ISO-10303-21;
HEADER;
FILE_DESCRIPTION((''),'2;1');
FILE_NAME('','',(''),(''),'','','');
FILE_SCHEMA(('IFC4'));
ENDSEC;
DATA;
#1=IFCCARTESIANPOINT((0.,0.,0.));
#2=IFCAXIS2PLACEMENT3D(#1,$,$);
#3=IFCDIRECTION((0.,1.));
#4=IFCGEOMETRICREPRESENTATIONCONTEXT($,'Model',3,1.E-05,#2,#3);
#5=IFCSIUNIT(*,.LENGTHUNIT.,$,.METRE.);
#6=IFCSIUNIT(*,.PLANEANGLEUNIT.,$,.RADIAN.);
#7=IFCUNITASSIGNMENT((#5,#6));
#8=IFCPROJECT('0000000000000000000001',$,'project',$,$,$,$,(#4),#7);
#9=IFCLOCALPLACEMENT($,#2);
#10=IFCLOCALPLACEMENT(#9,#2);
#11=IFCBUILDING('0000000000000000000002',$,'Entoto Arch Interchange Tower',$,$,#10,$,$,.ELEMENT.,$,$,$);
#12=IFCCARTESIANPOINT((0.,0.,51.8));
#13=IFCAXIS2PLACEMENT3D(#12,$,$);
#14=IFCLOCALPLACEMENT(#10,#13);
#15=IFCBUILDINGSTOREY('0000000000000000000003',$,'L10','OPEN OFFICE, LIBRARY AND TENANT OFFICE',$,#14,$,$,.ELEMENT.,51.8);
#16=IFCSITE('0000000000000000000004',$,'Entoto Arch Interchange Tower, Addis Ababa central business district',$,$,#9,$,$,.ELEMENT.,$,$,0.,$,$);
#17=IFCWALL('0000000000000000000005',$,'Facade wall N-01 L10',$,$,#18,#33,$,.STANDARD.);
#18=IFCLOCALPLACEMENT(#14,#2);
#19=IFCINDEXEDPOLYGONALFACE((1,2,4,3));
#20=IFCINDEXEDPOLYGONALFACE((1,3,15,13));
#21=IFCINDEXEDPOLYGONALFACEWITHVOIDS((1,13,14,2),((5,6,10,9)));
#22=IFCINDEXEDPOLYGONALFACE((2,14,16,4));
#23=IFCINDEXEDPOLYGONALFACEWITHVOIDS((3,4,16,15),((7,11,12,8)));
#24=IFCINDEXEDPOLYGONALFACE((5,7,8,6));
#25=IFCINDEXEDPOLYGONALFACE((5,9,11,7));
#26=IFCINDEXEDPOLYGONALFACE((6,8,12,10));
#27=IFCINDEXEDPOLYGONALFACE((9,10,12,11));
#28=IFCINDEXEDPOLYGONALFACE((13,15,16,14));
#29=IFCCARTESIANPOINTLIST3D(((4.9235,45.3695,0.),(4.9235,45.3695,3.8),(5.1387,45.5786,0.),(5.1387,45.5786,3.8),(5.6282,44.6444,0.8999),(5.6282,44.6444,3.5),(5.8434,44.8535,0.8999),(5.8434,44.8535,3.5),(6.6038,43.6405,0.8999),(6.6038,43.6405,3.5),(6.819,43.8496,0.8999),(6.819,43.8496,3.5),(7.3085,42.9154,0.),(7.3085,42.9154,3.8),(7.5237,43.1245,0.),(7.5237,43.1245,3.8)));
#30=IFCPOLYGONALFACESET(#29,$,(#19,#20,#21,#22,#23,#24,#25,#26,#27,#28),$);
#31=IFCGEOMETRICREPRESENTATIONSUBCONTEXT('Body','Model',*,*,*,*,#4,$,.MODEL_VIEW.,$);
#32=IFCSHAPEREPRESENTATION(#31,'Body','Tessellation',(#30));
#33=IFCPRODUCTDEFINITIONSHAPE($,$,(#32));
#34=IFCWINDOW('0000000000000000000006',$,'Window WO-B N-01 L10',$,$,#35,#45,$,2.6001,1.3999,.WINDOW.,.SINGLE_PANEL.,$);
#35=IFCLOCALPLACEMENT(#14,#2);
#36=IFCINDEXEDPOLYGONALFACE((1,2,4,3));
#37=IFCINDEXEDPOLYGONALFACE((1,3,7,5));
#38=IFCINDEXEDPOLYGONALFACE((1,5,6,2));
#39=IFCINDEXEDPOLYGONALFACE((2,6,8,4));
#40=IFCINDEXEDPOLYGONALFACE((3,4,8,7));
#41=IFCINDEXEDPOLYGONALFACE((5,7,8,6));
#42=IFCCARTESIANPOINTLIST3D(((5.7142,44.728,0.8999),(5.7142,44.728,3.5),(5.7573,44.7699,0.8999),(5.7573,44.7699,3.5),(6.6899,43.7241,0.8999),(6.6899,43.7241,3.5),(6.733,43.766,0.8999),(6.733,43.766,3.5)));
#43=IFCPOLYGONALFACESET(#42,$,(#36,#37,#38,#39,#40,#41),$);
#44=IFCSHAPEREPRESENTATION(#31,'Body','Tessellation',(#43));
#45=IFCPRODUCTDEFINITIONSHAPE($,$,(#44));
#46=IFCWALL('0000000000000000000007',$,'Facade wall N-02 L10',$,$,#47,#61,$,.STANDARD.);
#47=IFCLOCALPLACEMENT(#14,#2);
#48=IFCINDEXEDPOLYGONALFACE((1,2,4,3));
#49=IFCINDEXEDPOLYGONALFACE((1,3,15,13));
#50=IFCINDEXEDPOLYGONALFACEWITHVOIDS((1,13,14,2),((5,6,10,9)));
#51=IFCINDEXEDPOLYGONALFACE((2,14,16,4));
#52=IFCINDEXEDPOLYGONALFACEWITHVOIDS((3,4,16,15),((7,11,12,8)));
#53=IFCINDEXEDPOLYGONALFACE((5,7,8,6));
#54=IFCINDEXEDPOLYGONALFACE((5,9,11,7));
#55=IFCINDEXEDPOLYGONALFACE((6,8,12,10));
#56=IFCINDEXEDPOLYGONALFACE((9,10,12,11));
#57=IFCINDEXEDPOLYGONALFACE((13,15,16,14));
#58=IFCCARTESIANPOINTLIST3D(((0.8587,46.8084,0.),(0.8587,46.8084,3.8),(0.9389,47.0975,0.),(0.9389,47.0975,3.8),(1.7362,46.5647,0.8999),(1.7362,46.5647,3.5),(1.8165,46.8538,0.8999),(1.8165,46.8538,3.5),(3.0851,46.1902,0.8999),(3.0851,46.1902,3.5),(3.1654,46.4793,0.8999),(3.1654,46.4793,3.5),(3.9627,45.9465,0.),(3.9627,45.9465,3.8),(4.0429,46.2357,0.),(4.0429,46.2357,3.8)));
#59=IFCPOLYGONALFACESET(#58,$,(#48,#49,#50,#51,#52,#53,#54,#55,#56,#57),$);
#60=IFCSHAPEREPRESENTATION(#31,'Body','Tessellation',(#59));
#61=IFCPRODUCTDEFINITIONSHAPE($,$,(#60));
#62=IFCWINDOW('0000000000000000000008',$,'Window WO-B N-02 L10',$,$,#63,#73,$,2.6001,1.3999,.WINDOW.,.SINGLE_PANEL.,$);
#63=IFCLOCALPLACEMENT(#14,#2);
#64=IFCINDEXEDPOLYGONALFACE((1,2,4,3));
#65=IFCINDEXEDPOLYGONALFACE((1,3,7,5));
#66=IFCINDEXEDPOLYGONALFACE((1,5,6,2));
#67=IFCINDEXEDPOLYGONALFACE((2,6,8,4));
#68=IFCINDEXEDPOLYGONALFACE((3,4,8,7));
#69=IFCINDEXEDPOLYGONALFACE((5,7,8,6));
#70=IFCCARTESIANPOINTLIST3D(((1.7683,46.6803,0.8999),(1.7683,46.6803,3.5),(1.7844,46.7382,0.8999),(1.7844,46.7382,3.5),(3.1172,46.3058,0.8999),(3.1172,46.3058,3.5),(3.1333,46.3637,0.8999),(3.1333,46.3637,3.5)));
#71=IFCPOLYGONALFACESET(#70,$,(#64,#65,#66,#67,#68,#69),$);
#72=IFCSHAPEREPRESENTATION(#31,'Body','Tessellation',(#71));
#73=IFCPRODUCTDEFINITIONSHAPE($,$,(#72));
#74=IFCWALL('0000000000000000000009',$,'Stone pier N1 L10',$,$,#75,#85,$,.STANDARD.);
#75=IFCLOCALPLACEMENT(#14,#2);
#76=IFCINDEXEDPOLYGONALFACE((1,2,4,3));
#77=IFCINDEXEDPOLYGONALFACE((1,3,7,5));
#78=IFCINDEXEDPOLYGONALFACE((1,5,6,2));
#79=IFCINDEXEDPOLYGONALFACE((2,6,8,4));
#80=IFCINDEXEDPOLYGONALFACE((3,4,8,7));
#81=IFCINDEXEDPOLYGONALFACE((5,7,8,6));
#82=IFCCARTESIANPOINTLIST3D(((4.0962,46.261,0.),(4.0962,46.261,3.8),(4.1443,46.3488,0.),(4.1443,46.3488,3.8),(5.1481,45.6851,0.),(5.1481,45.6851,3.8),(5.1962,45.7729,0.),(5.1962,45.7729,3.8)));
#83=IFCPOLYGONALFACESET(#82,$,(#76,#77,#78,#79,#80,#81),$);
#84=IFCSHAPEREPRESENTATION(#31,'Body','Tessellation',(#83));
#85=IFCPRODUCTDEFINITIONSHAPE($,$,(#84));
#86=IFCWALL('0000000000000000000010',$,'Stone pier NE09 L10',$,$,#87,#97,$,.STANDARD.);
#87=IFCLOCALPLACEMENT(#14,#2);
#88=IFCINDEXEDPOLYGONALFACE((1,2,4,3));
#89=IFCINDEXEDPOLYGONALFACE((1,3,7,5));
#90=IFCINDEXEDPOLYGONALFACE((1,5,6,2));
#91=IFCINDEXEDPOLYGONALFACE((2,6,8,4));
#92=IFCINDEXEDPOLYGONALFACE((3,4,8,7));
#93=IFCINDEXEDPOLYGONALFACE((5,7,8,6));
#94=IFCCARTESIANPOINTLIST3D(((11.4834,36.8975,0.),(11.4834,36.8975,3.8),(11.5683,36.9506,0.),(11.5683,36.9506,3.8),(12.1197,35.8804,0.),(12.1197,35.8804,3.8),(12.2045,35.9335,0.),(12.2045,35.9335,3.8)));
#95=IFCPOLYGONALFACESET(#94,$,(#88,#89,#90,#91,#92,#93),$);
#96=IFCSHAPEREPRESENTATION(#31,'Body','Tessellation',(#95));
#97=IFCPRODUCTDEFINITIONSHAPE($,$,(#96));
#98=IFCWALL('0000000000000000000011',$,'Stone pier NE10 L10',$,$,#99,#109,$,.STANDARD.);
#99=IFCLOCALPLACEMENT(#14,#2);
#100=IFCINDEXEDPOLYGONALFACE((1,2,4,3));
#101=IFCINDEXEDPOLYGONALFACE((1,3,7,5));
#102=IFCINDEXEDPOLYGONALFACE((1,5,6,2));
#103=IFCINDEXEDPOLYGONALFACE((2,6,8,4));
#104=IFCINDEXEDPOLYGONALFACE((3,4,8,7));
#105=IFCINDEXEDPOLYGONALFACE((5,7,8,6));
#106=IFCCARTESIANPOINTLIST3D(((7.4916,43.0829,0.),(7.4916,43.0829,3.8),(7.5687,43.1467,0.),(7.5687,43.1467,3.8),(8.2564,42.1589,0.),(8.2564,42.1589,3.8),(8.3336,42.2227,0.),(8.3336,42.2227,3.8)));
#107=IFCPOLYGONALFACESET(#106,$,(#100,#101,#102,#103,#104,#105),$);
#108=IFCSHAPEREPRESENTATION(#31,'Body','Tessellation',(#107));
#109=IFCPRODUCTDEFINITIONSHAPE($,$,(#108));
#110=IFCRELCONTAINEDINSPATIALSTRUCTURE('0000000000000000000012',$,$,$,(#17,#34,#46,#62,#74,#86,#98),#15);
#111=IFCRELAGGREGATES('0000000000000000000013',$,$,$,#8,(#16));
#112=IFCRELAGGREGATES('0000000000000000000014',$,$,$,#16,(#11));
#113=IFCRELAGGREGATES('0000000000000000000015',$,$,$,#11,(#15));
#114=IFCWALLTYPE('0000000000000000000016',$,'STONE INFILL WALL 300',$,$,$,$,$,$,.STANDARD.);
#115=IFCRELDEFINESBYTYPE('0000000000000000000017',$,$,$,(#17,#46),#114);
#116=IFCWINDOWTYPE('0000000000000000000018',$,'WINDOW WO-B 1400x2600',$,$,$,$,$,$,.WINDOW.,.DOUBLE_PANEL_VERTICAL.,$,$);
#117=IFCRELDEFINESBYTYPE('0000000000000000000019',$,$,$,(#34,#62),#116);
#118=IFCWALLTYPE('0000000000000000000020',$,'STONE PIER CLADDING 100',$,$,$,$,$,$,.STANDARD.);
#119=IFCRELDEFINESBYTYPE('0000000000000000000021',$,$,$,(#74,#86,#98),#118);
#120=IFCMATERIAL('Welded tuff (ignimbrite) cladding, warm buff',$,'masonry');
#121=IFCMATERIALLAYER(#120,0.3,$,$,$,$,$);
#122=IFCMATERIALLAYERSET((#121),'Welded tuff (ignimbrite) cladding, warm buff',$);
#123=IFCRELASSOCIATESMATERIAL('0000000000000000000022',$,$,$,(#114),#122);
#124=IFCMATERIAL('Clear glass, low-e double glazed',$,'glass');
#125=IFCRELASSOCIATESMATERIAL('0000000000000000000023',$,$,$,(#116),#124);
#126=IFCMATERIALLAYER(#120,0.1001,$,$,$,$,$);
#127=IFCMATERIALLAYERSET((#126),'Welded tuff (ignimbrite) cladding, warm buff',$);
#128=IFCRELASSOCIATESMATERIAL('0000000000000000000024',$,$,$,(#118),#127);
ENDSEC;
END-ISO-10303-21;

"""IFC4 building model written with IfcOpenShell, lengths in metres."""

from ifc_helpers import new_model, si_unit, direction, frame, frame_2d, origin, place, context, subcontext, project, spatial, rectangle, extrude, material, layer, layer_set, type_object, element, fill, save


model = new_model("IFC4")

# Units and contexts
model_context = context("Model", 3, precision=1e-05, world=origin(), true_north=direction((0.0, 1.0)))
body_context = subcontext(model_context, "Body", "Model", "MODEL_VIEW")
ifc_project = project(units=[si_unit("LENGTHUNIT", "METRE"), si_unit("PLANEANGLEUNIT", "RADIAN")], contexts=[model_context])

# Site, building, storey
site_placement = place(None, origin())
site = spatial("IfcSite", under=ifc_project, at=site_placement, Name="Entoto Arch Interchange Tower, Addis Ababa central business district", CompositionType="ELEMENT", RefElevation=0.0)
building_placement = place(site_placement, origin())
building = spatial("IfcBuilding", under=site, at=building_placement, Name="Entoto Arch Interchange Tower", CompositionType="ELEMENT")
storey_placement = place(building_placement, frame((0.0, 0.0, 51.8)))
storey = spatial("IfcBuildingStorey", under=building, at=storey_placement, Name="L10", Description="OPEN OFFICE, LIBRARY AND TENANT OFFICE", CompositionType="ELEMENT", Elevation=51.8)

# Shared definitions
ifc_material_1 = material(Name="Welded tuff (ignimbrite) cladding, warm buff", Category="masonry")
ifc_layer_1 = layer(ifc_material_1, 0.3)
ifc_layer_set_1 = layer_set([ifc_layer_1], Name="Welded tuff (ignimbrite) cladding, warm buff")
wall_type_1 = type_object("IfcWallType", Name="STONE INFILL WALL 300", PredefinedType="STANDARD", material=ifc_layer_set_1)
ifc_material_2 = material(Name="Clear glass, low-e double glazed", Category="glass")

# Walls, openings, windows
wall_1_placement = place(storey_placement, frame((7.416, 43.02, 0.0), z_axis=(0.0, 0.0, 1.0), x_axis=(-0.69694, 0.71713, 0.0)))
wall_1 = element("IfcWall", 1, at=wall_1_placement, inside=storey, type_object=wall_type_1, Name="Facade wall N-01 L10", PredefinedType="STANDARD", context=body_context, shape_type="SweptSolid", body=[
    extrude(rectangle(XDim=3.4221, YDim=0.3, at=frame_2d((1.7109, 0.0))), origin(), (0.0, 0.0, 1.0), 3.8),
])
opening_1_placement = place(wall_1_placement, frame((1.011, 0.0, 0.8999)))
opening_1 = element("IfcOpeningElement", 2, at=opening_1_placement, cuts=wall_1, PredefinedType="OPENING", context=body_context, shape_type="SweptSolid", body=[
    extrude(rectangle(XDim=1.3999, YDim=2.6001, at=frame_2d((0.7, 1.3))), frame((0.0, 0.1602, 0.0), z_axis=(0.0, -1.0, 0.0), x_axis=(1.0, 0.0, 0.0)), (0.0, 0.0, 1.0), 0.3201),
])
window_type_1 = type_object("IfcWindowType", Name="WINDOW WO-B 1400x2600", PartitioningType="DOUBLE_PANEL_VERTICAL", PredefinedType="WINDOW", material=ifc_material_2)
window_1_placement = place(opening_1_placement, origin())
window_1 = element("IfcWindow", 3, at=window_1_placement, inside=storey, type_object=window_type_1, Name="Window WO-B N-01 L10", OverallHeight=2.6001, OverallWidth=1.3999, PartitioningType="SINGLE_PANEL", PredefinedType="WINDOW", context=body_context, shape_type="SweptSolid", body=[
    extrude(rectangle(XDim=1.3999, YDim=2.6001, at=frame_2d((0.7, 1.3))), frame((0.0, 0.03, 0.0), z_axis=(0.0, -1.0, 0.0), x_axis=(1.0, 0.0, 0.0)), (0.0, 0.0, 1.0), 0.0601),
])
fill(opening_1, window_1)
wall_2_placement = place(storey_placement, frame((4.0029, 46.0911, 0.0), z_axis=(0.0, 0.0, 1.0), x_axis=(-0.96355, 0.267527, 0.0)))
wall_2 = element("IfcWall", 4, at=wall_2_placement, inside=storey, type_object=wall_type_1, Name="Facade wall N-02 L10", PredefinedType="STANDARD", context=body_context, shape_type="SweptSolid", body=[
    extrude(rectangle(XDim=3.2214, YDim=0.3, at=frame_2d((1.6108, 0.0))), origin(), (0.0, 0.0, 1.0), 3.8),
])
opening_2_placement = place(wall_2_placement, frame((0.9109, 0.0, 0.8999)))
opening_2 = element("IfcOpeningElement", 5, at=opening_2_placement, cuts=wall_2, PredefinedType="OPENING", context=body_context, shape_type="SweptSolid", body=[
    extrude(rectangle(XDim=1.3999, YDim=2.6001, at=frame_2d((0.7, 1.3))), frame((0.0, 0.1602, 0.0), z_axis=(0.0, -1.0, 0.0), x_axis=(1.0, 0.0, 0.0)), (0.0, 0.0, 1.0), 0.3201),
])
window_2_placement = place(opening_2_placement, origin())
window_2 = element("IfcWindow", 6, at=window_2_placement, inside=storey, type_object=window_type_1, Name="Window WO-B N-02 L10", OverallHeight=2.6001, OverallWidth=1.3999, PartitioningType="SINGLE_PANEL", PredefinedType="WINDOW", context=body_context, shape_type="SweptSolid", body=[
    extrude(rectangle(XDim=1.3999, YDim=2.6001, at=frame_2d((0.7, 1.3))), frame((0.0, 0.03, 0.0), z_axis=(0.0, -1.0, 0.0), x_axis=(1.0, 0.0, 0.0)), (0.0, 0.0, 1.0), 0.0601),
])
fill(opening_2, window_2)

# Walls
ifc_layer_2 = layer(ifc_material_1, 0.1001)
ifc_layer_set_2 = layer_set([ifc_layer_2], Name="Welded tuff (ignimbrite) cladding, warm buff")
wall_type_2 = type_object("IfcWallType", Name="STONE PIER CLADDING 100", PredefinedType="STANDARD", material=ifc_layer_set_2)
wall_3_placement = place(storey_placement, frame((5.1721, 45.729, 0.0), z_axis=(0.0, 0.0, 1.0), x_axis=(-0.877155, 0.480206, 0.0)))
element("IfcWall", 7, at=wall_3_placement, inside=storey, type_object=wall_type_2, Name="Stone pier N1 L10", PredefinedType="STANDARD", context=body_context, shape_type="SweptSolid", body=[
    extrude(rectangle(XDim=1.1992, YDim=0.1001, at=frame_2d((0.5996, 0.0))), origin(), (0.0, 0.0, 1.0), 3.8),
])
wall_4_placement = place(storey_placement, frame((12.1621, 35.907, 0.0), z_axis=(0.0, 0.0, 1.0), x_axis=(-0.530328, 0.847792, 0.0)))
element("IfcWall", 8, at=wall_4_placement, inside=storey, type_object=wall_type_2, Name="Stone pier NE09 L10", PredefinedType="STANDARD", context=body_context, shape_type="SweptSolid", body=[
    extrude(rectangle(XDim=1.1997, YDim=0.1001, at=frame_2d((0.5999, 0.0))), origin(), (0.0, 0.0, 1.0), 3.8),
])
wall_5_placement = place(storey_placement, frame((8.2949, 42.1909, 0.0), z_axis=(0.0, 0.0, 1.0), x_axis=(-0.637639, 0.770336, 0.0)))
element("IfcWall", 9, at=wall_5_placement, inside=storey, type_object=wall_type_2, Name="Stone pier NE10 L10", PredefinedType="STANDARD", context=body_context, shape_type="SweptSolid", body=[
    extrude(rectangle(XDim=1.1995, YDim=0.1001, at=frame_2d((0.5996, 0.0))), origin(), (0.0, 0.0, 1.0), 3.8),
])

save(model, "model.ifc")
